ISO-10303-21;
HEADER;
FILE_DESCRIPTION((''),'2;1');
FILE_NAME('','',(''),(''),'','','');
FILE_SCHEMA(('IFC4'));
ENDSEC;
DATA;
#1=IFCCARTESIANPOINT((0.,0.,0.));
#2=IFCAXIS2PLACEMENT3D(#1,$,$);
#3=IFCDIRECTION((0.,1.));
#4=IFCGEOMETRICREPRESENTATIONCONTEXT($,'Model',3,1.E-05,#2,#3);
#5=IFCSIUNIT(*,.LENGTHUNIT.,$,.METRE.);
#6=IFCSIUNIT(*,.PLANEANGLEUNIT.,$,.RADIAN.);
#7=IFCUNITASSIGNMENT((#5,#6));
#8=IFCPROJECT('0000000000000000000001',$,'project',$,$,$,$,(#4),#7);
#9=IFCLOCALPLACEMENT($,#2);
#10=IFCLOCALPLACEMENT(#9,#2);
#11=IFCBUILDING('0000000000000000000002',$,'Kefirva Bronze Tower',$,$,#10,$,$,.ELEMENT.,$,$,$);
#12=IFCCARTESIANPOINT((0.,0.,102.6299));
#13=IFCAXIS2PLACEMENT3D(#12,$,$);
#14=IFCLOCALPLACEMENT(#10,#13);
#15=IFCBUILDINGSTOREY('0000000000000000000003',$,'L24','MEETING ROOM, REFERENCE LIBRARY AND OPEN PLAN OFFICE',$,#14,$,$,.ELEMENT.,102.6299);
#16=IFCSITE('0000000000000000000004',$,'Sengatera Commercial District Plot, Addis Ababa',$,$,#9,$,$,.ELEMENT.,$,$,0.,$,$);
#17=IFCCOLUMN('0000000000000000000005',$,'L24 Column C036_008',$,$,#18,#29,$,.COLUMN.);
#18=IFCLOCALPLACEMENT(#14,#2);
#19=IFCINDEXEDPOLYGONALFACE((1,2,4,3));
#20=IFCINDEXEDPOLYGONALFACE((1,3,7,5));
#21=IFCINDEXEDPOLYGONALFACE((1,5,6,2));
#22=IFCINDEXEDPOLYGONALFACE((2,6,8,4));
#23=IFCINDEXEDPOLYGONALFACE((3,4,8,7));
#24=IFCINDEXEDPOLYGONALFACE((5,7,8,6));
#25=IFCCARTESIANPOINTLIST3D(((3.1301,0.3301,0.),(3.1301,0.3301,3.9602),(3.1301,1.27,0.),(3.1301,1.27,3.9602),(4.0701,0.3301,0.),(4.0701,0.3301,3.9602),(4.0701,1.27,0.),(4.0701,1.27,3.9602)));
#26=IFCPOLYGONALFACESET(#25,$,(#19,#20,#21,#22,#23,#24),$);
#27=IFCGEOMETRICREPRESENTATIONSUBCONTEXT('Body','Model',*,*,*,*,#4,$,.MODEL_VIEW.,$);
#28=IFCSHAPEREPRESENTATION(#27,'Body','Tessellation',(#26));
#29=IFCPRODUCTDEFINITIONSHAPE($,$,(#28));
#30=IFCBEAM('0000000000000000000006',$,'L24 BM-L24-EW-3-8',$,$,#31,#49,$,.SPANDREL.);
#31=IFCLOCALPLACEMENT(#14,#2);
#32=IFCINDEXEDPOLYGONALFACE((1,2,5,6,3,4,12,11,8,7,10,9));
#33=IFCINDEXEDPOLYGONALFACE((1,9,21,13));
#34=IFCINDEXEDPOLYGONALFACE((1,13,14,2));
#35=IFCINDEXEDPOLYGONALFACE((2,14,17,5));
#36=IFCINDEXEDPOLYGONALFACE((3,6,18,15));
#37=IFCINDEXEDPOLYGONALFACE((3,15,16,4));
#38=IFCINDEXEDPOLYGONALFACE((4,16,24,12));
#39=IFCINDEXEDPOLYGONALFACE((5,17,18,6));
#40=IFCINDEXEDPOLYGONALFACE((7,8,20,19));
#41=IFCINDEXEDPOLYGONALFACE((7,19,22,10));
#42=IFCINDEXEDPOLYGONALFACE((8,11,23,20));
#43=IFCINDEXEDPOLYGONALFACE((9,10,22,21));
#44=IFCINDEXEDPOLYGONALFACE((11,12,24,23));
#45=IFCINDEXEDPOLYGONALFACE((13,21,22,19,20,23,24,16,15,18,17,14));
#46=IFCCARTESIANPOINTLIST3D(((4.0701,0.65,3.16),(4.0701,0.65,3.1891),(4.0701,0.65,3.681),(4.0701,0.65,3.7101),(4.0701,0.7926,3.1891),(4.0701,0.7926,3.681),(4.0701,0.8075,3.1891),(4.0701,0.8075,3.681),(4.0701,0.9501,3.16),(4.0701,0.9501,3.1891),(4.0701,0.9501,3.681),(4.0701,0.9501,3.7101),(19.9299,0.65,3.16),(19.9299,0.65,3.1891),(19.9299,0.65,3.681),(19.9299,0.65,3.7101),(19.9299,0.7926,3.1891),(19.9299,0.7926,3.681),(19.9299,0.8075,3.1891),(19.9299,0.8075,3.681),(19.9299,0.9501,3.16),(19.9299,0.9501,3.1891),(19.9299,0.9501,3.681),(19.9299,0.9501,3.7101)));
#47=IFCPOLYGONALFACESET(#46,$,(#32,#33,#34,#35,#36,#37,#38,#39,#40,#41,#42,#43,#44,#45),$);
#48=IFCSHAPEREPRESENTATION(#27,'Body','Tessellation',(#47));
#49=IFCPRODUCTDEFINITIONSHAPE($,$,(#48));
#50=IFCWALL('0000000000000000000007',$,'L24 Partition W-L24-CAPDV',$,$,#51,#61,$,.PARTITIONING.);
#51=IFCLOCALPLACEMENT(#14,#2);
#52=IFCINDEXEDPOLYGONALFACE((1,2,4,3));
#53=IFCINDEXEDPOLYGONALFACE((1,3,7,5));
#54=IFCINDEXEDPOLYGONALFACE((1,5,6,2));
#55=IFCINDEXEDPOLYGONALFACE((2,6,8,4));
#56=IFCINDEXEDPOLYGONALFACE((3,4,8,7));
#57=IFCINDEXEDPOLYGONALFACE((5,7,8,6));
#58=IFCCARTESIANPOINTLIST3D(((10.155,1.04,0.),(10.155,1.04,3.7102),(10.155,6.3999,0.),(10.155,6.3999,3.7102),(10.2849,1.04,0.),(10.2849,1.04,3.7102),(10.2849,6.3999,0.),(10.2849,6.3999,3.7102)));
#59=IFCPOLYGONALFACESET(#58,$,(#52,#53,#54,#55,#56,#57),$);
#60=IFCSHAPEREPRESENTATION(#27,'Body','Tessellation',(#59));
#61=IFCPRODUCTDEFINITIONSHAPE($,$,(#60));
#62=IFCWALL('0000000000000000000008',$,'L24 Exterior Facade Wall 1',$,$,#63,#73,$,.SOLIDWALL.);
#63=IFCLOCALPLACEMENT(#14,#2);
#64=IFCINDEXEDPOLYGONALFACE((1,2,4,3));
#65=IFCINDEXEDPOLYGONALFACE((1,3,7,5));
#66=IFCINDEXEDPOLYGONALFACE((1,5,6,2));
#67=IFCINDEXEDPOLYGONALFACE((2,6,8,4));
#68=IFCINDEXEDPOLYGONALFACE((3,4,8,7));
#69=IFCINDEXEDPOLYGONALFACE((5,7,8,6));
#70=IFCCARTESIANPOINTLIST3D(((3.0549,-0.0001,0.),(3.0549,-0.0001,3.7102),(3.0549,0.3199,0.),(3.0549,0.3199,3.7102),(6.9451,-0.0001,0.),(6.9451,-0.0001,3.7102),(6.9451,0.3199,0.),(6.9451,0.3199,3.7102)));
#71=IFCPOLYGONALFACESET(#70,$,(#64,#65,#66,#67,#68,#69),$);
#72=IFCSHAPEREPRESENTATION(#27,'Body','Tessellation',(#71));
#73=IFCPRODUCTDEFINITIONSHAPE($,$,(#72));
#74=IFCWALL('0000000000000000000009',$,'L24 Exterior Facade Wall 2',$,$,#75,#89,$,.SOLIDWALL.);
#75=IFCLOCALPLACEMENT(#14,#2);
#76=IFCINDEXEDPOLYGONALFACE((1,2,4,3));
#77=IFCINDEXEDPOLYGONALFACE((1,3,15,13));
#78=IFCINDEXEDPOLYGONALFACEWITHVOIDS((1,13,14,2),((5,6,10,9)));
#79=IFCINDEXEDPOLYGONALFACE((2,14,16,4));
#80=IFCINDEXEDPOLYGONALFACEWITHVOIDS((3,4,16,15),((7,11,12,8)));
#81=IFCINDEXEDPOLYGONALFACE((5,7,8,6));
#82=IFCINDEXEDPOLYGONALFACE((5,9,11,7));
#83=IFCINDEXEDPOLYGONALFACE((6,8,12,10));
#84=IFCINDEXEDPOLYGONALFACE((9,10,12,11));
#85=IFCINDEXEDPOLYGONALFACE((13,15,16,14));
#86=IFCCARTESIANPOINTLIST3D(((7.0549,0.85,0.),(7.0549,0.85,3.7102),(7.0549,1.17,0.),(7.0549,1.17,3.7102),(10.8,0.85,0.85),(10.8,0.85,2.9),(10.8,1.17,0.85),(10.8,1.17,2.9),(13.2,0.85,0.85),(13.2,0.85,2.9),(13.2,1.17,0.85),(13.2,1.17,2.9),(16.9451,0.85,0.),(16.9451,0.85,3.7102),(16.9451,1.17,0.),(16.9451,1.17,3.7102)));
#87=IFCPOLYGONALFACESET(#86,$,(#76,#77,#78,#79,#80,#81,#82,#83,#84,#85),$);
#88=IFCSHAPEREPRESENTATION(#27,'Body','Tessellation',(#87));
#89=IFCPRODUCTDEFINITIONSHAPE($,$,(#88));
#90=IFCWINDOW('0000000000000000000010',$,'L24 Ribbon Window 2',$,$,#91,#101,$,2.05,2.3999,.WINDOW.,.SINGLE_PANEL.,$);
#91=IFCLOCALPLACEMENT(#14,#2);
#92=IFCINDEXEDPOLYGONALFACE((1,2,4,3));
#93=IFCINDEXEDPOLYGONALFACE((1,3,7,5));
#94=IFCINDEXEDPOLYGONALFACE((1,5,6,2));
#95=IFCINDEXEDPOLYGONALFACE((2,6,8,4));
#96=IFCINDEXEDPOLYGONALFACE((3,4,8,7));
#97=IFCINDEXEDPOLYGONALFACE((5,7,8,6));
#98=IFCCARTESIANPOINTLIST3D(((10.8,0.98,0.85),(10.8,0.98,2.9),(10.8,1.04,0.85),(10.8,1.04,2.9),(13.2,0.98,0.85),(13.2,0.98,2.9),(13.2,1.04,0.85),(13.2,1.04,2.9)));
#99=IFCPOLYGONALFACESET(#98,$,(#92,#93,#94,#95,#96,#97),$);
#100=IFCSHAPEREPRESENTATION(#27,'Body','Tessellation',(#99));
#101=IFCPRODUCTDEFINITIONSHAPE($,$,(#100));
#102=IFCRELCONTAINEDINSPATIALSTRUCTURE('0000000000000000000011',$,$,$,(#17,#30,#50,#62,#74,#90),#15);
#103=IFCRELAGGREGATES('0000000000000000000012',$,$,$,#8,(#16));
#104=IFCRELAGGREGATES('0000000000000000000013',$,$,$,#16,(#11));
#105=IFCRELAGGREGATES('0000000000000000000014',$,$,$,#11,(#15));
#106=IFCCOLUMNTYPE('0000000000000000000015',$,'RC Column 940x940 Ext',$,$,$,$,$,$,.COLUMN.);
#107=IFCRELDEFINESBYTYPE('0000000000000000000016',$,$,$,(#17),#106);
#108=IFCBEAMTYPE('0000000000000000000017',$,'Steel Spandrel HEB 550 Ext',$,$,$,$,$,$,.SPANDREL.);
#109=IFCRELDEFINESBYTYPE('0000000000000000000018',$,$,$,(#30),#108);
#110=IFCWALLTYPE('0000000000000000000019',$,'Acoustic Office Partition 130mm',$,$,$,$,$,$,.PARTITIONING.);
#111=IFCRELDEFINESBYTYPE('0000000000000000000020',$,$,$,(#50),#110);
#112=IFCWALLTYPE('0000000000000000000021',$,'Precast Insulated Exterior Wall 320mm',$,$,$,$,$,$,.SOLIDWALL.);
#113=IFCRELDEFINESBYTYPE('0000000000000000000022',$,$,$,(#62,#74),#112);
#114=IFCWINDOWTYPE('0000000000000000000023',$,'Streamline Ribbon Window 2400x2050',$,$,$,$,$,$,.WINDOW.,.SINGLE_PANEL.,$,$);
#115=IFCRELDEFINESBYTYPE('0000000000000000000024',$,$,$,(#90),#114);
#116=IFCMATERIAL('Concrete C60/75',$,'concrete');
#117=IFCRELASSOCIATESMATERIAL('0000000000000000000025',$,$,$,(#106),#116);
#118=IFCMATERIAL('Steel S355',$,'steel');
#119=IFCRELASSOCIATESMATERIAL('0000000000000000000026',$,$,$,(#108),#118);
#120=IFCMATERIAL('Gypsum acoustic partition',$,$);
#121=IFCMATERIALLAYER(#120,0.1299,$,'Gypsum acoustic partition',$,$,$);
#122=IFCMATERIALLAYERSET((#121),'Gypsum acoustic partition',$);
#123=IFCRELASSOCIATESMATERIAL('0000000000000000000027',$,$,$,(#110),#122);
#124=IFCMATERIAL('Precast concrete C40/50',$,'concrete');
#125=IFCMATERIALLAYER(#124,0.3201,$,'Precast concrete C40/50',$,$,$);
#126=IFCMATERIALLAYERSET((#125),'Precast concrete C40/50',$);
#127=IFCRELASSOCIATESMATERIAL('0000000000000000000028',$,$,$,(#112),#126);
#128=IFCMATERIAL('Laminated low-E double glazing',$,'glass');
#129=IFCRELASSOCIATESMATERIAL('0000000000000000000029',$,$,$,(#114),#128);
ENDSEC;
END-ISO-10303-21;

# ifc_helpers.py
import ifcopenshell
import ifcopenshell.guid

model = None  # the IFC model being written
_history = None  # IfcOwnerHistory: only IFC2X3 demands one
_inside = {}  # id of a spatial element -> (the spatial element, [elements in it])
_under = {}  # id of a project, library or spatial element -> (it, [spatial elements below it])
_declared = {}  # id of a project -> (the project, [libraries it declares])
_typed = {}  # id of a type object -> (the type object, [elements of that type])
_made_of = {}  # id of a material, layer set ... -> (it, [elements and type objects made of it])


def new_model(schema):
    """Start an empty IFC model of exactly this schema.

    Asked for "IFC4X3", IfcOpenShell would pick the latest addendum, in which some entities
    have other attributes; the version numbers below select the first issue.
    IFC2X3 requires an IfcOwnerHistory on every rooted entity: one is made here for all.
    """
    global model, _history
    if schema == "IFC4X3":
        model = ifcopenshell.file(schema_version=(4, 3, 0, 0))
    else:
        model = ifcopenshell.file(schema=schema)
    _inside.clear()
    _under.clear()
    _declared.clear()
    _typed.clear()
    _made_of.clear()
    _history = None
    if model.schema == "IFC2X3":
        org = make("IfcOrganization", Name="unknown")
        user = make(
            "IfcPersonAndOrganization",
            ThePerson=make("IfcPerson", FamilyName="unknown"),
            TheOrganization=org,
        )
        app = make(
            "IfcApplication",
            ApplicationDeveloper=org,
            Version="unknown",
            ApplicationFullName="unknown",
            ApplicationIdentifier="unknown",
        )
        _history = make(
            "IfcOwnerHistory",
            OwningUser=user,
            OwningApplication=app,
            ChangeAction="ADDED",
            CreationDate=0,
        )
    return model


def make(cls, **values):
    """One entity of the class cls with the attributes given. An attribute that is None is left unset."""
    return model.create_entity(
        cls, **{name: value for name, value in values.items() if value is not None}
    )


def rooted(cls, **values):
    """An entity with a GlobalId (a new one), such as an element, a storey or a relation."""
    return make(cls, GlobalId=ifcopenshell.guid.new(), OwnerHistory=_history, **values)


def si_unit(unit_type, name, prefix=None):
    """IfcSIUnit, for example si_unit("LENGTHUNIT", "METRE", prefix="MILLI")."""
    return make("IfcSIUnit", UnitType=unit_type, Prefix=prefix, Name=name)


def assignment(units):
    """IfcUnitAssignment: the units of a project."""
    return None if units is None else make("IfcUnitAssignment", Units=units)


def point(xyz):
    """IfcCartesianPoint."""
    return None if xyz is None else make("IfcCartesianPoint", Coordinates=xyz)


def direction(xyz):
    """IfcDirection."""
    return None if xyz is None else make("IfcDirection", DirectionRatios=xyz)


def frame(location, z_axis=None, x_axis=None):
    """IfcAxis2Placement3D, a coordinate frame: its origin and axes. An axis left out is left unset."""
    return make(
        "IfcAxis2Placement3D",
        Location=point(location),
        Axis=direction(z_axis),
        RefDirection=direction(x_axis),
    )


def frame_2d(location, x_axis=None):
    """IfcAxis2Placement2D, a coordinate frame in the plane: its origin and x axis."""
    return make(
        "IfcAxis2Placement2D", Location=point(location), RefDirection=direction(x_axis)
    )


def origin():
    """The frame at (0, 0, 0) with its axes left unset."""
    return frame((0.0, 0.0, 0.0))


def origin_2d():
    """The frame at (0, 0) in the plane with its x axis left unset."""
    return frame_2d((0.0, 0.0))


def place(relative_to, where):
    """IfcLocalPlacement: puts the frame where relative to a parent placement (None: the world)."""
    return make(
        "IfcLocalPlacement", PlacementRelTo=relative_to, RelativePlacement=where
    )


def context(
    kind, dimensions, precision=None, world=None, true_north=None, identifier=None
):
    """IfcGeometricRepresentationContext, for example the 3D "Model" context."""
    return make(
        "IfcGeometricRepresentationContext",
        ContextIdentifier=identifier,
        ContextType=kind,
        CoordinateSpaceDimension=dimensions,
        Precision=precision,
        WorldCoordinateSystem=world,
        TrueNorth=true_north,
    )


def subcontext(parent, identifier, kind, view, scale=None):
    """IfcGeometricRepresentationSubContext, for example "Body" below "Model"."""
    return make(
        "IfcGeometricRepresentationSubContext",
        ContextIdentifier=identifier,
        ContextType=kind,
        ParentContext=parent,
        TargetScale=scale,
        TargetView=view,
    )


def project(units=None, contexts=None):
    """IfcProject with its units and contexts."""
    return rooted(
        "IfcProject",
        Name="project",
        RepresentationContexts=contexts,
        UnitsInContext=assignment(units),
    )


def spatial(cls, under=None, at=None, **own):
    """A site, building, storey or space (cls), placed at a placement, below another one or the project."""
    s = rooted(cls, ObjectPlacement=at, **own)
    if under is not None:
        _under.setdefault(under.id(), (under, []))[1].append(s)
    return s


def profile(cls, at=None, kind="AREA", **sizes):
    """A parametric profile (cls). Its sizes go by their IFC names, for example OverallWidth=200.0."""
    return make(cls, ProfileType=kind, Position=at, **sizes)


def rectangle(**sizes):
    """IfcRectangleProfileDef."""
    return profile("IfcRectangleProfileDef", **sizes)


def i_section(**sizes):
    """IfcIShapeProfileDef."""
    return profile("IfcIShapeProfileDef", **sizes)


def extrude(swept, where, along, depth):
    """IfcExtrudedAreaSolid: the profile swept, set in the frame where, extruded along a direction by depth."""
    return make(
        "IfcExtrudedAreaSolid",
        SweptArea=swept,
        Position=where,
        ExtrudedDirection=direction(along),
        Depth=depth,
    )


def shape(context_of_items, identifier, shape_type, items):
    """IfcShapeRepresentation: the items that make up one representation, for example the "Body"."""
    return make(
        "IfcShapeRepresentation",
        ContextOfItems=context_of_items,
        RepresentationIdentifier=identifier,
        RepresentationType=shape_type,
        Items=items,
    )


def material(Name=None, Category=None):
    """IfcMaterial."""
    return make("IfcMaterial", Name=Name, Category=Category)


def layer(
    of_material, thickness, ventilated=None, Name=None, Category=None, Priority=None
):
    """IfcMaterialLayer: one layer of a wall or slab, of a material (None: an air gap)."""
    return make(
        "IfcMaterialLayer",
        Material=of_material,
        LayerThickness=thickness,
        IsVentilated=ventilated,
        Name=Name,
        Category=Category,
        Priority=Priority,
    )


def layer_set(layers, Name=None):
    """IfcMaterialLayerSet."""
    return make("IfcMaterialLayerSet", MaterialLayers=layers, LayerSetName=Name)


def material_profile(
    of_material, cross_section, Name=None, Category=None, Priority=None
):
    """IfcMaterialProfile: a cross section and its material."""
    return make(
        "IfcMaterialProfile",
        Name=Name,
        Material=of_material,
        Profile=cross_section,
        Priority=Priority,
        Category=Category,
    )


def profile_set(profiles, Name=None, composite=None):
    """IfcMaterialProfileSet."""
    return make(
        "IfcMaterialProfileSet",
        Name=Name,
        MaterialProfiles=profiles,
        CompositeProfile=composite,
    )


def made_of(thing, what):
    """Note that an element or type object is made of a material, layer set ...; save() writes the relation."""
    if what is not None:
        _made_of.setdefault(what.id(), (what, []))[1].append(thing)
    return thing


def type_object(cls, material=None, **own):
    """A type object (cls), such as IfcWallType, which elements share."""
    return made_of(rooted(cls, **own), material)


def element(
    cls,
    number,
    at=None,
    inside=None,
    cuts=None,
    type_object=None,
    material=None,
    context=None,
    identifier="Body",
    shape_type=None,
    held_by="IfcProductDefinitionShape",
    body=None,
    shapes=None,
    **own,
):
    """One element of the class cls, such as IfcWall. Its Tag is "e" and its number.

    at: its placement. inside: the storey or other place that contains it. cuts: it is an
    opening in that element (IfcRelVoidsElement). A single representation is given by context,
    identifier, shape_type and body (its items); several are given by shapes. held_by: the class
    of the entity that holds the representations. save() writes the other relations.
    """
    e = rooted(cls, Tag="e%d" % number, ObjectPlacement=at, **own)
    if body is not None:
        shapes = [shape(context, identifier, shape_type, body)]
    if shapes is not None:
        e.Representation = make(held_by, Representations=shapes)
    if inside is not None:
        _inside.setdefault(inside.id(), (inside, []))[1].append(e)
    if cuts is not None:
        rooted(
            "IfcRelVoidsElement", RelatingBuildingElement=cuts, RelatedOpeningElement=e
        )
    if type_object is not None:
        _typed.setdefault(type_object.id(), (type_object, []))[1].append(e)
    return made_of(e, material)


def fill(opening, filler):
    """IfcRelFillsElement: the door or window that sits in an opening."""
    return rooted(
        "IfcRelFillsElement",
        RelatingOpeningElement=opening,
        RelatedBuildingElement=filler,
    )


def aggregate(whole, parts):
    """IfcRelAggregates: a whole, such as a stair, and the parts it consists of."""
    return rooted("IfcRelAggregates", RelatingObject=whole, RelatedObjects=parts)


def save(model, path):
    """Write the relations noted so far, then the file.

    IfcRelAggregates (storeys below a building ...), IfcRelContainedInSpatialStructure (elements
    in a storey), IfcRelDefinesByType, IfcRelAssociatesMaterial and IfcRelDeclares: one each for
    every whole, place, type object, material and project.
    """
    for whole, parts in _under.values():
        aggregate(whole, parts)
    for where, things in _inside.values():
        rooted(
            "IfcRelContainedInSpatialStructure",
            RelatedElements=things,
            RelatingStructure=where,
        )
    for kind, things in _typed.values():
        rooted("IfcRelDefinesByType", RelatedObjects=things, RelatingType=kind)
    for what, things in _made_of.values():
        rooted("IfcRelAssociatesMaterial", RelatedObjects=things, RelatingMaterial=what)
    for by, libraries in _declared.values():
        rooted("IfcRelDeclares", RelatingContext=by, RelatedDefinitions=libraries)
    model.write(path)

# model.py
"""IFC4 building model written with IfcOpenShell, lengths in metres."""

from ifc_helpers import new_model, si_unit, direction, frame, frame_2d, origin, origin_2d, place, context, subcontext, project, spatial, rectangle, i_section, extrude, material, layer, layer_set, material_profile, profile_set, type_object, element, fill, save


model = new_model("IFC4")

# Units and contexts
model_context = context("Model", 3, precision=1e-05, world=origin(), true_north=direction((0.0, 1.0)))
body_context = subcontext(model_context, "Body", "Model", "MODEL_VIEW")
ifc_project = project(units=[si_unit("LENGTHUNIT", "METRE"), si_unit("PLANEANGLEUNIT", "RADIAN")], contexts=[model_context])

# Site, building, storey
site_placement = place(None, origin())
site = spatial("IfcSite", under=ifc_project, at=site_placement, Name="Sengatera Commercial District Plot, Addis Ababa", CompositionType="ELEMENT", RefElevation=0.0)
building_placement = place(site_placement, origin())
building = spatial("IfcBuilding", under=site, at=building_placement, Name="Kefirva Bronze Tower", CompositionType="ELEMENT")
storey_placement = place(building_placement, frame((0.0, 0.0, 102.6299)))
storey = spatial("IfcBuildingStorey", under=building, at=storey_placement, Name="L24", Description="MEETING ROOM, REFERENCE LIBRARY AND OPEN PLAN OFFICE", CompositionType="ELEMENT", Elevation=102.6299)

# Column
ifc_material_1 = material(Name="Concrete C60/75", Category="concrete")
ifc_material_profile_1 = material_profile(ifc_material_1, rectangle(XDim=0.9399, YDim=0.9399, at=origin_2d()), Name="RC 940x940")
ifc_profile_set_1 = profile_set([ifc_material_profile_1], Name="Concrete C60/75")
column_type = type_object("IfcColumnType", Name="RC Column 940x940 Ext", PredefinedType="COLUMN", material=ifc_profile_set_1)
column_placement = place(storey_placement, frame((3.6001, 0.8, 0.0), z_axis=(0.0, 0.0, 1.0), x_axis=(1.0, 0.0, 0.0)))
element("IfcColumn", 1, at=column_placement, inside=storey, type_object=column_type, Name="L24 Column C036_008", PredefinedType="COLUMN", context=body_context, shape_type="SweptSolid", body=[
    extrude(rectangle(XDim=0.9399, YDim=0.9399, at=origin_2d()), origin(), (0.0, 0.0, 1.0), 3.9602),
])

# Beam
ifc_material_2 = material(Name="Steel S355", Category="steel")
ifc_material_profile_2 = material_profile(ifc_material_2, i_section(OverallWidth=0.3, OverallDepth=0.55, WebThickness=0.0149, FlangeThickness=0.0291, at=origin_2d()), Name="HEB 550")
ifc_profile_set_2 = profile_set([ifc_material_profile_2], Name="Steel S355")
beam_type = type_object("IfcBeamType", Name="Steel Spandrel HEB 550 Ext", PredefinedType="SPANDREL", material=ifc_profile_set_2)
beam_placement = place(storey_placement, frame((4.0701, 0.8, 3.4351), z_axis=(1.0, 0.0, 0.0), x_axis=(0.0, 1.0, 0.0)))
element("IfcBeam", 2, at=beam_placement, inside=storey, type_object=beam_type, Name="L24 BM-L24-EW-3-8", PredefinedType="SPANDREL", context=body_context, shape_type="SweptSolid", body=[
    extrude(i_section(OverallWidth=0.3, OverallDepth=0.55, WebThickness=0.0149, FlangeThickness=0.0291, at=origin_2d()), origin(), (0.0, 0.0, 1.0), 15.8599),
])

# Walls
ifc_material_3 = material(Name="Gypsum acoustic partition")
ifc_layer_1 = layer(ifc_material_3, 0.1299, Name="Gypsum acoustic partition")
ifc_layer_set_1 = layer_set([ifc_layer_1], Name="Gypsum acoustic partition")
wall_type_1 = type_object("IfcWallType", Name="Acoustic Office Partition 130mm", PredefinedType="PARTITIONING", material=ifc_layer_set_1)
wall_1_placement = place(storey_placement, frame((10.22, 1.04, 0.0), z_axis=(0.0, 0.0, 1.0), x_axis=(0.0, 1.0, 0.0)))
element("IfcWall", 3, at=wall_1_placement, inside=storey, type_object=wall_type_1, Name="L24 Partition W-L24-CAPDV", PredefinedType="PARTITIONING", context=body_context, shape_type="SweptSolid", body=[
    extrude(rectangle(XDim=5.3599, YDim=0.1299, at=frame_2d((2.6799, 0.0))), origin(), (0.0, 0.0, 1.0), 3.7102),
])
ifc_material_4 = material(Name="Precast concrete C40/50", Category="concrete")
ifc_layer_2 = layer(ifc_material_4, 0.3201, Name="Precast concrete C40/50")
ifc_layer_set_2 = layer_set([ifc_layer_2], Name="Precast concrete C40/50")
wall_type_2 = type_object("IfcWallType", Name="Precast Insulated Exterior Wall 320mm", PredefinedType="SOLIDWALL", material=ifc_layer_set_2)
wall_2_placement = place(storey_placement, frame((3.0549, 0.1599, 0.0), z_axis=(0.0, 0.0, 1.0), x_axis=(1.0, 0.0, 0.0)))
element("IfcWall", 4, at=wall_2_placement, inside=storey, type_object=wall_type_2, Name="L24 Exterior Facade Wall 1", PredefinedType="SOLIDWALL", context=body_context, shape_type="SweptSolid", body=[
    extrude(rectangle(XDim=3.8901, YDim=0.3201, at=frame_2d((1.9451, 0.0))), origin(), (0.0, 0.0, 1.0), 3.7102),
])

# Wall, opening, window
wall_3_placement = place(storey_placement, frame((7.0549, 1.01, 0.0), z_axis=(0.0, 0.0, 1.0), x_axis=(1.0, 0.0, 0.0)))
wall_3 = element("IfcWall", 5, at=wall_3_placement, inside=storey, type_object=wall_type_2, Name="L24 Exterior Facade Wall 2", PredefinedType="SOLIDWALL", context=body_context, shape_type="SweptSolid", body=[
    extrude(rectangle(XDim=9.8901, YDim=0.3201, at=frame_2d((4.9451, 0.0))), origin(), (0.0, 0.0, 1.0), 3.7102),
])
opening_1_placement = place(wall_3_placement, frame((3.7451, 0.0, 0.8501)))
opening_1 = element("IfcOpeningElement", 6, at=opening_1_placement, cuts=wall_3, PredefinedType="OPENING", context=body_context, shape_type="SweptSolid", body=[
    extrude(rectangle(XDim=2.3999, YDim=2.05, at=frame_2d((1.2, 1.0249))), frame((0.0, 0.1699, 0.0), z_axis=(0.0, -1.0, 0.0), x_axis=(1.0, 0.0, 0.0)), (0.0, 0.0, 1.0), 0.3401),
])
ifc_material_5 = material(Name="Laminated low-E double glazing", Category="glass")
window_type = type_object("IfcWindowType", Name="Streamline Ribbon Window 2400x2050", PartitioningType="SINGLE_PANEL", PredefinedType="WINDOW", material=ifc_material_5)
window_placement = place(opening_1_placement, origin())
window = element("IfcWindow", 7, at=window_placement, inside=storey, type_object=window_type, Name="L24 Ribbon Window 2", OverallHeight=2.05, OverallWidth=2.3999, PartitioningType="SINGLE_PANEL", PredefinedType="WINDOW", context=body_context, shape_type="SweptSolid", body=[
    extrude(rectangle(XDim=2.3999, YDim=2.05, at=frame_2d((1.2, 1.0249))), frame((0.0, 0.03, 0.0), z_axis=(0.0, -1.0, 0.0), x_axis=(1.0, 0.0, 0.0)), (0.0, 0.0, 1.0), 0.0601),
])
fill(opening_1, window)

save(model, "model.ifc")
